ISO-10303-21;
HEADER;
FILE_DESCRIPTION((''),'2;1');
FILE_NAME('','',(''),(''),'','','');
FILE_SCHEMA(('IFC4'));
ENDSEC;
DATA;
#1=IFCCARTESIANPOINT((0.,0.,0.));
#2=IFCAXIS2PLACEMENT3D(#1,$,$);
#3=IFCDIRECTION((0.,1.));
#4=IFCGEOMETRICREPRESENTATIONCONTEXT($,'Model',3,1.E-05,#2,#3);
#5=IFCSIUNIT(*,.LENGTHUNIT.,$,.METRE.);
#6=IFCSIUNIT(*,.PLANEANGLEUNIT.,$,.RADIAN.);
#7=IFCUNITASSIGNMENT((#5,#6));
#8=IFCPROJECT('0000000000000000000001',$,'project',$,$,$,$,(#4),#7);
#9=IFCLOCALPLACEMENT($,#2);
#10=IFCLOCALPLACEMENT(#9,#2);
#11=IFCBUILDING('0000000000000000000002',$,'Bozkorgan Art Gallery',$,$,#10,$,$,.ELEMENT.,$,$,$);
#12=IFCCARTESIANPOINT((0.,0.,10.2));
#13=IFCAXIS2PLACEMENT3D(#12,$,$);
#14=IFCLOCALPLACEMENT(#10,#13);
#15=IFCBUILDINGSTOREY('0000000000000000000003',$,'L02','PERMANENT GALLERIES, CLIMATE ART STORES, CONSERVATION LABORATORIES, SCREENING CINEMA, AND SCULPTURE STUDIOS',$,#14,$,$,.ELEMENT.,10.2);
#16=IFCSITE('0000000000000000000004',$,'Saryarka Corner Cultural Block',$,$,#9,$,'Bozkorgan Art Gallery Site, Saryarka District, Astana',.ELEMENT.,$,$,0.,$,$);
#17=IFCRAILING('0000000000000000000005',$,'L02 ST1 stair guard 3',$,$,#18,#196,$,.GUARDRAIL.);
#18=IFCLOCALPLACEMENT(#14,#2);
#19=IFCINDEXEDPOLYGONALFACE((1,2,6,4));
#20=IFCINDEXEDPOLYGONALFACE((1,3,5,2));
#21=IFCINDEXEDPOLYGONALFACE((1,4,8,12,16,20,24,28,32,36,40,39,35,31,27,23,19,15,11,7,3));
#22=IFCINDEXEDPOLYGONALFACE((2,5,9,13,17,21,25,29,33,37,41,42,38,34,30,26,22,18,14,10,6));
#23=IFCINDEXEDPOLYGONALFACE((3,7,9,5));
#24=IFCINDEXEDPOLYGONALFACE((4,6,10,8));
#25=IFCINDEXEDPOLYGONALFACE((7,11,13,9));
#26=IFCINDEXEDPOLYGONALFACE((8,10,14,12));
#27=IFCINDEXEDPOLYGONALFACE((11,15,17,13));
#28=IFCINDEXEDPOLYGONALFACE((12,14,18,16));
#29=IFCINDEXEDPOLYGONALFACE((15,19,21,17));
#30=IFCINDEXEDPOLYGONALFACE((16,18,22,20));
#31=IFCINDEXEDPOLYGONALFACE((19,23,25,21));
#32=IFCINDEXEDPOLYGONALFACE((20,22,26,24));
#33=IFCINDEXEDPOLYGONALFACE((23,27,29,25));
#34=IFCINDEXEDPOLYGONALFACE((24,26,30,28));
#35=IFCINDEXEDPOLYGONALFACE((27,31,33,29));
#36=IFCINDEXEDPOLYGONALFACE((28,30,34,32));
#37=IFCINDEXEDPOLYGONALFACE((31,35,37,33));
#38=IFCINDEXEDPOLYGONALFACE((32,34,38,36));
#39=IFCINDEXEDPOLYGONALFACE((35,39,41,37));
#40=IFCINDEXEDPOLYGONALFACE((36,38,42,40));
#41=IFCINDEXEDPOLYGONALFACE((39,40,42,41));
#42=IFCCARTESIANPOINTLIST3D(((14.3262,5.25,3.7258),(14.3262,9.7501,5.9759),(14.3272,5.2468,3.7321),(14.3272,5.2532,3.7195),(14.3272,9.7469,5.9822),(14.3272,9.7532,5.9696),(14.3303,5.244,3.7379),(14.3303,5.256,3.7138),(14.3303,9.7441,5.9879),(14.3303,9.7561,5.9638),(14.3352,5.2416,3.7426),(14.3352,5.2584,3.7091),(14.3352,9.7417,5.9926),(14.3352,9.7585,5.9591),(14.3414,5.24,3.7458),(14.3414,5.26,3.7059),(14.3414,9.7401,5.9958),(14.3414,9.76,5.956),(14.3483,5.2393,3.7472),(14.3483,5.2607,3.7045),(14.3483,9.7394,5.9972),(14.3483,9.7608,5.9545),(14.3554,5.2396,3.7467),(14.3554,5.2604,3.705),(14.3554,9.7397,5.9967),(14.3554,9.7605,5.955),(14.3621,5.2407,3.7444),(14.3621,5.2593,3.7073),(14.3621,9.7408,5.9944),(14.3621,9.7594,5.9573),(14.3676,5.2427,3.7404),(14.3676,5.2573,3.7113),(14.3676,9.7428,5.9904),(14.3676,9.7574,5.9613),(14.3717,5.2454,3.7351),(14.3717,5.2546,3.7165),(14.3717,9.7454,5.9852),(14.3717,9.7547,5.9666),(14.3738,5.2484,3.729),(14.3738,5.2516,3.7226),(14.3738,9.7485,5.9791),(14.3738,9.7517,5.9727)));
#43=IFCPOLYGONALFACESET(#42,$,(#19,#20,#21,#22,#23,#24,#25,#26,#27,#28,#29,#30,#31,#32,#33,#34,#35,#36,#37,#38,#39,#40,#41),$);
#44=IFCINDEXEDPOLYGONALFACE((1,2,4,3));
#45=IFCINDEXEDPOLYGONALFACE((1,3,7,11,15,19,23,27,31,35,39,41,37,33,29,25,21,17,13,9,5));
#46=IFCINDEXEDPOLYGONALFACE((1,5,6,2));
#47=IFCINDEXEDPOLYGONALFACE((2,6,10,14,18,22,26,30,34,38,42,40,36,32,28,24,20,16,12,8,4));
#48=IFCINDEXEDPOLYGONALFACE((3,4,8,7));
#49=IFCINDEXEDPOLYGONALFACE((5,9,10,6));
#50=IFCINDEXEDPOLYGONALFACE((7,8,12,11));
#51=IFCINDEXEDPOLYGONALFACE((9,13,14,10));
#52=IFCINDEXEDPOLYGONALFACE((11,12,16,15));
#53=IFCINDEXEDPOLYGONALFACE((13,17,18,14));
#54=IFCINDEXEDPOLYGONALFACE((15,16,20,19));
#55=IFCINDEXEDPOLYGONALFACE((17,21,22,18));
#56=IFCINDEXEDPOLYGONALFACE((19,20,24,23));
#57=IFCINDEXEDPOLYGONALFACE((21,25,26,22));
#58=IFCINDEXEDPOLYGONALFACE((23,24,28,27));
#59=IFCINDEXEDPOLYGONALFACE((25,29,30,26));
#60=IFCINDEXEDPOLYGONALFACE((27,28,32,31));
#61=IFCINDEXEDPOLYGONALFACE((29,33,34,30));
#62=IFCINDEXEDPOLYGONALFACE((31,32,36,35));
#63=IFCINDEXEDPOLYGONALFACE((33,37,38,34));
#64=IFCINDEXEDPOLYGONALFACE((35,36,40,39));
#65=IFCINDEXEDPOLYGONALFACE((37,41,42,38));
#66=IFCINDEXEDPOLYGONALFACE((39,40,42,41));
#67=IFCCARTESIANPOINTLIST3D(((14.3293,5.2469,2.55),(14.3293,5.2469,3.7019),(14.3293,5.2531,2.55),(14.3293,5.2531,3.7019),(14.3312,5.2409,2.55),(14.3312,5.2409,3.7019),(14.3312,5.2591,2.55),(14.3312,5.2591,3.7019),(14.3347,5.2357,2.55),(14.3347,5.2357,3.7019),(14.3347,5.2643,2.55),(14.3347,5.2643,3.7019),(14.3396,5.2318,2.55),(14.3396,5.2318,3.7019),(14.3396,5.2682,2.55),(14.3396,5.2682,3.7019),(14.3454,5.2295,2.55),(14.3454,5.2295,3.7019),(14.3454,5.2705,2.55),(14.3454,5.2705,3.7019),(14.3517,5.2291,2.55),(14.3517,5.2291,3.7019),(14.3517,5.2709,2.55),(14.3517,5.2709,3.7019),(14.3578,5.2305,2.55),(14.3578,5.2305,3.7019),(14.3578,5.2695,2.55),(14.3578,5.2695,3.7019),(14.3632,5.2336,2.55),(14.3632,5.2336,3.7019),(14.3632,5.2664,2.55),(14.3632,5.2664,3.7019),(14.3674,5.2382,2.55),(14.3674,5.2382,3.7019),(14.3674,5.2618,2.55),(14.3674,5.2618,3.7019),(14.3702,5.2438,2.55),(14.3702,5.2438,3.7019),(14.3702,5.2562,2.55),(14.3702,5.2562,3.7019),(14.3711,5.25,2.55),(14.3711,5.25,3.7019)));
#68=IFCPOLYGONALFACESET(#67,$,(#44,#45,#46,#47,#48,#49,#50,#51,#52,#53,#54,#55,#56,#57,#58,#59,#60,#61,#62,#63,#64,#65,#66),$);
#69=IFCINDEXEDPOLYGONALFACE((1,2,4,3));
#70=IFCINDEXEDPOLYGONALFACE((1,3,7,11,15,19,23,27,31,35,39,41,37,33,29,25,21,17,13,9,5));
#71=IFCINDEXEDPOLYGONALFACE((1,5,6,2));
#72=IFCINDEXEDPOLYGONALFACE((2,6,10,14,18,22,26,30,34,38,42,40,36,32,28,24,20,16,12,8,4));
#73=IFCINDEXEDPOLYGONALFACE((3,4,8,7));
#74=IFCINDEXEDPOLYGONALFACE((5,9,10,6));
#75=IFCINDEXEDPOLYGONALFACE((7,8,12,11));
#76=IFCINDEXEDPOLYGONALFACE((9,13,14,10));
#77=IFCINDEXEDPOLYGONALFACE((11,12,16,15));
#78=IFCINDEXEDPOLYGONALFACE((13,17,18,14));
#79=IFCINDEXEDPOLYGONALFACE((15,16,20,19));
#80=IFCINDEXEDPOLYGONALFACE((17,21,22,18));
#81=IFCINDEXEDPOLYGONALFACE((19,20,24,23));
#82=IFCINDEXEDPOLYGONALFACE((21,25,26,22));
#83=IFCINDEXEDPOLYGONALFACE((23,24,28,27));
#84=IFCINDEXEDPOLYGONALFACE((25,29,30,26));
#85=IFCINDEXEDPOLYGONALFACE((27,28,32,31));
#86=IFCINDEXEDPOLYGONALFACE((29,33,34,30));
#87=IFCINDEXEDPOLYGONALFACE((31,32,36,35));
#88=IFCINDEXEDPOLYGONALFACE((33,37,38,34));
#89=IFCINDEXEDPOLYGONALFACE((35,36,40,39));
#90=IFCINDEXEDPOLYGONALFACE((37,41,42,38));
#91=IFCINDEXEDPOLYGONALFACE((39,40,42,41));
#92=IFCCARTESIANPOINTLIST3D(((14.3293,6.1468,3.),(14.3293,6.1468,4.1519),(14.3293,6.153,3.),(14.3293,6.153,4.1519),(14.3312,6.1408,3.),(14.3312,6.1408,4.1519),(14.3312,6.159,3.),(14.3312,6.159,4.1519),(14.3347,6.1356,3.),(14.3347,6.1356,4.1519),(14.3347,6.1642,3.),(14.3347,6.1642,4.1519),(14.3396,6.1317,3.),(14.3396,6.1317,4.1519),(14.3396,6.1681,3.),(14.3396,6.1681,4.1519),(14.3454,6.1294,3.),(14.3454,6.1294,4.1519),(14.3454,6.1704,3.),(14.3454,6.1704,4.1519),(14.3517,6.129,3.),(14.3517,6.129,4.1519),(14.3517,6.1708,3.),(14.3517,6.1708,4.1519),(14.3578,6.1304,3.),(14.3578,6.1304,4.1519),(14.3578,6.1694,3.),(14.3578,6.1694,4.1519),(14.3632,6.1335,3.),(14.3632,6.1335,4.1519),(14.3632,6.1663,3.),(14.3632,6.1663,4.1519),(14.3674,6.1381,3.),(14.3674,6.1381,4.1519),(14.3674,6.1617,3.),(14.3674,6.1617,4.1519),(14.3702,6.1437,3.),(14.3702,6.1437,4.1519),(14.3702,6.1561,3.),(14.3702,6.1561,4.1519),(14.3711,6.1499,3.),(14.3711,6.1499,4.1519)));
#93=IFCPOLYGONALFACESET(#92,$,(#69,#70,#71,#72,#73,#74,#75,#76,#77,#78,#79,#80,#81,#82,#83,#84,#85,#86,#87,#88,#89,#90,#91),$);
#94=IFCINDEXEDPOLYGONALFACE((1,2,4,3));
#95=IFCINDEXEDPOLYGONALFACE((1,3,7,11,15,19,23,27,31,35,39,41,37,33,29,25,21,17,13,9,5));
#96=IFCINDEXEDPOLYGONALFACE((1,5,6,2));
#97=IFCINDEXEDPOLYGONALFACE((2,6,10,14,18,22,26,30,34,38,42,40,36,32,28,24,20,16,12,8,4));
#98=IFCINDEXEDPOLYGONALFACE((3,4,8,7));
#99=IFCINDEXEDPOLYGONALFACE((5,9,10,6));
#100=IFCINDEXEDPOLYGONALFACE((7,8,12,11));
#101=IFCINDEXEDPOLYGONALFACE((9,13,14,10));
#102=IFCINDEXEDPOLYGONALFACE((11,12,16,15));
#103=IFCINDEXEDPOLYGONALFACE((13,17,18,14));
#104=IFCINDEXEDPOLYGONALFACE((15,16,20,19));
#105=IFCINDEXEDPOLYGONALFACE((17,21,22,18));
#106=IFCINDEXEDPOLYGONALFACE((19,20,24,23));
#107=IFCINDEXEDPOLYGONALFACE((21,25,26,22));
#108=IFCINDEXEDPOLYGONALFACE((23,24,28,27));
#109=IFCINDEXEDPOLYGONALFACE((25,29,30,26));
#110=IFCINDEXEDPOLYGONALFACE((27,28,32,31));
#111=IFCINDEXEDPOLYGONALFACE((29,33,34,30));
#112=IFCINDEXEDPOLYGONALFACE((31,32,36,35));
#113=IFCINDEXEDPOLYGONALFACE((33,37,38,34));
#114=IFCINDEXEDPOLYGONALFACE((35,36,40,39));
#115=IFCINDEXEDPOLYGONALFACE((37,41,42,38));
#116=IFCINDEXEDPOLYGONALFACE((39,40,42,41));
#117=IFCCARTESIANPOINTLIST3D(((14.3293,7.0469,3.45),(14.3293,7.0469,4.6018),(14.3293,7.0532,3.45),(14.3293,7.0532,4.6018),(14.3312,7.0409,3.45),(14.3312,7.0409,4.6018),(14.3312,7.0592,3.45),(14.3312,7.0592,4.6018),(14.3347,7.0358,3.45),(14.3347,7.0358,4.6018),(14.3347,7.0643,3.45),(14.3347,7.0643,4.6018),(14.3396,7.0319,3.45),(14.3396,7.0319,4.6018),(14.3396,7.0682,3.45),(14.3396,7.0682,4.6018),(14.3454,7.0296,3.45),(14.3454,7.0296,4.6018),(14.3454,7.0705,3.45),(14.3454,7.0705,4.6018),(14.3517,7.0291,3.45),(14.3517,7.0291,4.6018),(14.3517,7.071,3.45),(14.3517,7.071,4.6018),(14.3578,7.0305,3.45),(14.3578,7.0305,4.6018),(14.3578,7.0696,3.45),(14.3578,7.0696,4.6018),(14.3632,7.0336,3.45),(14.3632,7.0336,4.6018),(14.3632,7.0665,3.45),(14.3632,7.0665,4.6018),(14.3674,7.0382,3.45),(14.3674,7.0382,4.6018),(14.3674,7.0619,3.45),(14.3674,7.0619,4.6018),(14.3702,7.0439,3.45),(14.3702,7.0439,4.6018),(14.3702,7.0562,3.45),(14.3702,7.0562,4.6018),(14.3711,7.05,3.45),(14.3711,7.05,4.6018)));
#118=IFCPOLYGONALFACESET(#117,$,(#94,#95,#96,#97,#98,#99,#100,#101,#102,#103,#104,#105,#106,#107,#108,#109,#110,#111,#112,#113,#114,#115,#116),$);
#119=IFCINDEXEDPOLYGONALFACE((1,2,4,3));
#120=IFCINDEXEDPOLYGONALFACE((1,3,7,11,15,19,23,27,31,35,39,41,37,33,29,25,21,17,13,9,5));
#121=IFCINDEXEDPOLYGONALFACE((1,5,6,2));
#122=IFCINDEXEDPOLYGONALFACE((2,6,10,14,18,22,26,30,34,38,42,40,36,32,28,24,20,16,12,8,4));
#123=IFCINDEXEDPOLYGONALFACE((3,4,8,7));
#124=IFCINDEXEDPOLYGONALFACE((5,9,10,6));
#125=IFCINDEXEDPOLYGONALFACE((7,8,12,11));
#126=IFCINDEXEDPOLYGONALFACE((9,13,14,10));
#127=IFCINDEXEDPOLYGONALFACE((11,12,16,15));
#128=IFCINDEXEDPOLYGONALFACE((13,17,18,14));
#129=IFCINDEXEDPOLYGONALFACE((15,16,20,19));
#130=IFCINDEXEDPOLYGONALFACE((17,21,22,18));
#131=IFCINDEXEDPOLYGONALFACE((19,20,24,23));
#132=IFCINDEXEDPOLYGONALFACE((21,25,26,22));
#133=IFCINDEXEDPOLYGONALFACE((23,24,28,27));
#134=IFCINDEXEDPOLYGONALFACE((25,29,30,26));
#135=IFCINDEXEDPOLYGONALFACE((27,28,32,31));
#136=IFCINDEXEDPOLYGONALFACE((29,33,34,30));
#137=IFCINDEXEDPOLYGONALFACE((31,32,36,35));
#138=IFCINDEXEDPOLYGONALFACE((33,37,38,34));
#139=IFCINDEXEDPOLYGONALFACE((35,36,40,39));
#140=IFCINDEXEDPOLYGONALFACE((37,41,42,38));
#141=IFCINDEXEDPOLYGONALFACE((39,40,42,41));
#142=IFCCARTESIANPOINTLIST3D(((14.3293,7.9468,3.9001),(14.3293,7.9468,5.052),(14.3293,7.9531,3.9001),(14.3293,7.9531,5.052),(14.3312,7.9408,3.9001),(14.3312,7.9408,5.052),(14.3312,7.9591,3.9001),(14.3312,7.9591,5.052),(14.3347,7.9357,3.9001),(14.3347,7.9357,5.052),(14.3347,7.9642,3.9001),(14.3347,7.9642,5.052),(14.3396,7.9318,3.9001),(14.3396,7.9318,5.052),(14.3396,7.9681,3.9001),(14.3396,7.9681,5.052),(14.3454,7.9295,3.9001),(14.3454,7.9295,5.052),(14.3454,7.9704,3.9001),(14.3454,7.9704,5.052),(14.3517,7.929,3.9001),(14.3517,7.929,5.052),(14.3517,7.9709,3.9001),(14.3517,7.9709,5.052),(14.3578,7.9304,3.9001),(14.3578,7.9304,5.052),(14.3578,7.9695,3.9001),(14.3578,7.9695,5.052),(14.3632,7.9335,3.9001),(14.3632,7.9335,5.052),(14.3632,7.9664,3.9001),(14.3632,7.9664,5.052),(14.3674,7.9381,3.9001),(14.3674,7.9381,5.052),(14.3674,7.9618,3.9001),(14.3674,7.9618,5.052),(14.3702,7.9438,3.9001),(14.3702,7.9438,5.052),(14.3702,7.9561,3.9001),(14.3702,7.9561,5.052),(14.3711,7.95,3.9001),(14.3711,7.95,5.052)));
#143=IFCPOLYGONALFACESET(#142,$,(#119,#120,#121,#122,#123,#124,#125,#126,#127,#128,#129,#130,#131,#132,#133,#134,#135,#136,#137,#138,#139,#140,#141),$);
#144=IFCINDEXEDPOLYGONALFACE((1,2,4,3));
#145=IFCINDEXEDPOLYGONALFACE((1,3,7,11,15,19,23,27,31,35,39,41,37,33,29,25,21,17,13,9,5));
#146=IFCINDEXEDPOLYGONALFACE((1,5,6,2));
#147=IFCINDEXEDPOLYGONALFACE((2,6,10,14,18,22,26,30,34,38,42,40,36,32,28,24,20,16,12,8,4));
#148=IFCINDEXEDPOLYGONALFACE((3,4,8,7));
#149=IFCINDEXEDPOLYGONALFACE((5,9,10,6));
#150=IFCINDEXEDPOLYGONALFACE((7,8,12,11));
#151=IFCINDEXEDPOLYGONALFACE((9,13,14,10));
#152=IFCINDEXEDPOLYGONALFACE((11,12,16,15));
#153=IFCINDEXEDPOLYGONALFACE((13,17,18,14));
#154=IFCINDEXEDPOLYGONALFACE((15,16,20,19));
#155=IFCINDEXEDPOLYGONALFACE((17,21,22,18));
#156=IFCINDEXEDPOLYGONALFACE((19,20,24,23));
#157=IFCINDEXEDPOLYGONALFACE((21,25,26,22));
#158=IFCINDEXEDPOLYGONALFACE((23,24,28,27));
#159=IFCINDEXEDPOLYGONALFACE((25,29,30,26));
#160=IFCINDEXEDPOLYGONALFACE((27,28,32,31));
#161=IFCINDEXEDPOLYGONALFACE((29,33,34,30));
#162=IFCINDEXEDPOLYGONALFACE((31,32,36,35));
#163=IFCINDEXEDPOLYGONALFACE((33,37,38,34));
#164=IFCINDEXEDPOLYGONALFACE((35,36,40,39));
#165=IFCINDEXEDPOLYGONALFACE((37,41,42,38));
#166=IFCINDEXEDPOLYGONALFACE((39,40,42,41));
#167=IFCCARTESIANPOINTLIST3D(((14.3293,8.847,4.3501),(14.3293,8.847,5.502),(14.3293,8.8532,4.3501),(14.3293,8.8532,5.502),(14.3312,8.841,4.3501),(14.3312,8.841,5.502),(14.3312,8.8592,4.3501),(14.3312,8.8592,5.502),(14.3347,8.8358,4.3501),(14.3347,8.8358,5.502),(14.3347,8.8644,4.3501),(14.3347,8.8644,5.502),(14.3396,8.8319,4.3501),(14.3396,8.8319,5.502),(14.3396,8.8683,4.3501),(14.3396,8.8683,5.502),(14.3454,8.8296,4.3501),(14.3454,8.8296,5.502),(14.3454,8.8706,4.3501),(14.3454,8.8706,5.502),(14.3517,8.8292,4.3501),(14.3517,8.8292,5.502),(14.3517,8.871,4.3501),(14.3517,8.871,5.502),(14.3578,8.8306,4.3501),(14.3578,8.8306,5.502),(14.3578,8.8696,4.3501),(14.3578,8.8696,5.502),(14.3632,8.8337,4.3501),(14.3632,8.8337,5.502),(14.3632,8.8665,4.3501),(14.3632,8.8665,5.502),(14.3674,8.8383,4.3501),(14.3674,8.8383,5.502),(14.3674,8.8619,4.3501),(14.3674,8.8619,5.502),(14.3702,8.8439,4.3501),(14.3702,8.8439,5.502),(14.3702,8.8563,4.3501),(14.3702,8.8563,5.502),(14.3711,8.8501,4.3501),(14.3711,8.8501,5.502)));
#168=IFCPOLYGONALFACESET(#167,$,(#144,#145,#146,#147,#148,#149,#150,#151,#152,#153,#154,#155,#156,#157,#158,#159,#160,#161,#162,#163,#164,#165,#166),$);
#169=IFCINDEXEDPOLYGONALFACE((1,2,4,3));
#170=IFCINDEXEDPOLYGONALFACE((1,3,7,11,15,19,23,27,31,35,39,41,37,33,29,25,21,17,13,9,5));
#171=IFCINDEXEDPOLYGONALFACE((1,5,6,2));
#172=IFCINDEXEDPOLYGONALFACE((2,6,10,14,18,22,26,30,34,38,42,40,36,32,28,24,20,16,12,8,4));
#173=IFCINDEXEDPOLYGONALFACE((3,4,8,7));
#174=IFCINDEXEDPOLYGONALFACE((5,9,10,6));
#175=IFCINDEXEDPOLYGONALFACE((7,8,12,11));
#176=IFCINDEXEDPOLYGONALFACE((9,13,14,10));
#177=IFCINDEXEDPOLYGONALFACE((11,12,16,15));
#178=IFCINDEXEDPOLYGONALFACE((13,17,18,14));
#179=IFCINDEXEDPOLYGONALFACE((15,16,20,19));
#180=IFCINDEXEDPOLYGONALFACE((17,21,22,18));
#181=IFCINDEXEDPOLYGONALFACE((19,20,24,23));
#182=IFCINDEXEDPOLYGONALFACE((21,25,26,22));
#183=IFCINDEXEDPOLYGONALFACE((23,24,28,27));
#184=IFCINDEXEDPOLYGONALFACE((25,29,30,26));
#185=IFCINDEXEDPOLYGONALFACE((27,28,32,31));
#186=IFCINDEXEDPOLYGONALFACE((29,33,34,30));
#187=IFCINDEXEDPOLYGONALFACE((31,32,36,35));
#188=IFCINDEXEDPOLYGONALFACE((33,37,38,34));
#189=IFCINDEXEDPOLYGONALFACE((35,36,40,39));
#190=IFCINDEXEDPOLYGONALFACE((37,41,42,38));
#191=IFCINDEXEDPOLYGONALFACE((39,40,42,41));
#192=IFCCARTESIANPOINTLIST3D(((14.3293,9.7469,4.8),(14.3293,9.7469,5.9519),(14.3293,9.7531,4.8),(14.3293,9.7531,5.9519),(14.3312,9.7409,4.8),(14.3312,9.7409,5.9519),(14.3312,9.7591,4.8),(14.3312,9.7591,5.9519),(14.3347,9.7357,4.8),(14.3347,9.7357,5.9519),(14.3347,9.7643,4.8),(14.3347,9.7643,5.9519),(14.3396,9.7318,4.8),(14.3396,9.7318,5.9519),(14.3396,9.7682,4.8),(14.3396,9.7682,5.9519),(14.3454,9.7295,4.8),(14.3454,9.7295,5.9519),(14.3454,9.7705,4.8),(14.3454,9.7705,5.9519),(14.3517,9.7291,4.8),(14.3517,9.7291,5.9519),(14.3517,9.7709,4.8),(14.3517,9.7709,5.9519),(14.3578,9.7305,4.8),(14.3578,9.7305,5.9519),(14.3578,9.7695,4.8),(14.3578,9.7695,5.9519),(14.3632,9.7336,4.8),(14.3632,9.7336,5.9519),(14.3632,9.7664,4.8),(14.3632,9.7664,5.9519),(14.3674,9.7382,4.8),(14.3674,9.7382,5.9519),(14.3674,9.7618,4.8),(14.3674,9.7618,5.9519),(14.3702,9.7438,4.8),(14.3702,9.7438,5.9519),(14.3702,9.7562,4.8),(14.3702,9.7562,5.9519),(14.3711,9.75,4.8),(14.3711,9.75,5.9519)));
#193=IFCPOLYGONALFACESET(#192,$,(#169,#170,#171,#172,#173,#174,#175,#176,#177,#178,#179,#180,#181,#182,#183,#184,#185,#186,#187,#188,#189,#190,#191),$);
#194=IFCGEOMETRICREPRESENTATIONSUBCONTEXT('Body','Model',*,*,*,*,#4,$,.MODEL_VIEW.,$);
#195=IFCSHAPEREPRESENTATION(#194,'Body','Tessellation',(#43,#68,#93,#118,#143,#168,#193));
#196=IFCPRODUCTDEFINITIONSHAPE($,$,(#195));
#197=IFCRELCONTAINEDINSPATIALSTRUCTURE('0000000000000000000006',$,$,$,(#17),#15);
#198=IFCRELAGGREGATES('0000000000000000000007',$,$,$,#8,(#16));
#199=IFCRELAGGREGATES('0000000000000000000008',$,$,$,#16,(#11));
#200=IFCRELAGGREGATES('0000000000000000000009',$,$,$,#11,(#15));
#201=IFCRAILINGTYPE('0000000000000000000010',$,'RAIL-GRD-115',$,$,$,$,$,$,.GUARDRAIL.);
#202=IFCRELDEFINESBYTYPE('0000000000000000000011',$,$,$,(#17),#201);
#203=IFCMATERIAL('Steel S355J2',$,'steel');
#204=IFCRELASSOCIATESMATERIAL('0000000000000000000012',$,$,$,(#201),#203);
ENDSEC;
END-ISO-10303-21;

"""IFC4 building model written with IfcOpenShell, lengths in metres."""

from ifc_helpers import new_model, si_unit, direction, frame, origin, origin_2d, place, context, subcontext, project, spatial, circle, extrude, material, type_object, element, save


model = new_model("IFC4")

# Units and contexts
model_context = context("Model", 3, precision=1e-05, world=origin(), true_north=direction((0.0, 1.0)))
body_context = subcontext(model_context, "Body", "Model", "MODEL_VIEW")
ifc_project = project(units=[si_unit("LENGTHUNIT", "METRE"), si_unit("PLANEANGLEUNIT", "RADIAN")], contexts=[model_context])

# Site, building, storey
site_placement = place(None, origin())
site = spatial("IfcSite", under=ifc_project, at=site_placement, Name="Saryarka Corner Cultural Block", LongName="Bozkorgan Art Gallery Site, Saryarka District, Astana", CompositionType="ELEMENT", RefElevation=0.0)
building_placement = place(site_placement, origin())
building = spatial("IfcBuilding", under=site, at=building_placement, Name="Bozkorgan Art Gallery", CompositionType="ELEMENT")
storey_placement = place(building_placement, frame((0.0, 0.0, 10.2)))
storey = spatial("IfcBuildingStorey", under=building, at=storey_placement, Name="L02", Description="PERMANENT GALLERIES, CLIMATE ART STORES, CONSERVATION LABORATORIES, SCREENING CINEMA, AND SCULPTURE STUDIOS", CompositionType="ELEMENT", Elevation=10.2)

# Shared definitions
ifc_material_1 = material(Name="Steel S355J2", Category="steel")

# Railing
railing_type_1 = type_object("IfcRailingType", Name="RAIL-GRD-115", PredefinedType="GUARDRAIL", material=ifc_material_1)
railing_1_placement = place(storey_placement, frame((14.3501, 5.25, 2.55)))
element("IfcRailing", 1, at=railing_1_placement, inside=storey, type_object=railing_type_1, Name="L02 ST1 stair guard 3", PredefinedType="GUARDRAIL", context=body_context, shape_type="SweptSolid", body=[
    extrude(circle(Radius=0.0239, at=origin_2d()), frame((0.0, 0.0, 1.1758), z_axis=(0.0, 0.894427, 0.447214), x_axis=(-1.0, 0.0, 0.0)), (0.0, 0.0, 1.0), 5.0312),
    extrude(circle(Radius=0.021, at=origin_2d()), origin(), (0.0, 0.0, 1.0), 1.1519),
    extrude(circle(Radius=0.021, at=origin_2d()), frame((0.0, 0.8999, 0.45)), (0.0, 0.0, 1.0), 1.1519),
    extrude(circle(Radius=0.021, at=origin_2d()), frame((0.0, 1.8, 0.8999)), (0.0, 0.0, 1.0), 1.1519),
    extrude(circle(Radius=0.021, at=origin_2d()), frame((0.0, 2.7, 1.3501)), (0.0, 0.0, 1.0), 1.1519),
    extrude(circle(Radius=0.021, at=origin_2d()), frame((0.0, 3.6001, 1.8)), (0.0, 0.0, 1.0), 1.1519),
    extrude(circle(Radius=0.021, at=origin_2d()), frame((0.0, 4.5, 2.25)), (0.0, 0.0, 1.0), 1.1519),
])

save(model, "model.ifc")
